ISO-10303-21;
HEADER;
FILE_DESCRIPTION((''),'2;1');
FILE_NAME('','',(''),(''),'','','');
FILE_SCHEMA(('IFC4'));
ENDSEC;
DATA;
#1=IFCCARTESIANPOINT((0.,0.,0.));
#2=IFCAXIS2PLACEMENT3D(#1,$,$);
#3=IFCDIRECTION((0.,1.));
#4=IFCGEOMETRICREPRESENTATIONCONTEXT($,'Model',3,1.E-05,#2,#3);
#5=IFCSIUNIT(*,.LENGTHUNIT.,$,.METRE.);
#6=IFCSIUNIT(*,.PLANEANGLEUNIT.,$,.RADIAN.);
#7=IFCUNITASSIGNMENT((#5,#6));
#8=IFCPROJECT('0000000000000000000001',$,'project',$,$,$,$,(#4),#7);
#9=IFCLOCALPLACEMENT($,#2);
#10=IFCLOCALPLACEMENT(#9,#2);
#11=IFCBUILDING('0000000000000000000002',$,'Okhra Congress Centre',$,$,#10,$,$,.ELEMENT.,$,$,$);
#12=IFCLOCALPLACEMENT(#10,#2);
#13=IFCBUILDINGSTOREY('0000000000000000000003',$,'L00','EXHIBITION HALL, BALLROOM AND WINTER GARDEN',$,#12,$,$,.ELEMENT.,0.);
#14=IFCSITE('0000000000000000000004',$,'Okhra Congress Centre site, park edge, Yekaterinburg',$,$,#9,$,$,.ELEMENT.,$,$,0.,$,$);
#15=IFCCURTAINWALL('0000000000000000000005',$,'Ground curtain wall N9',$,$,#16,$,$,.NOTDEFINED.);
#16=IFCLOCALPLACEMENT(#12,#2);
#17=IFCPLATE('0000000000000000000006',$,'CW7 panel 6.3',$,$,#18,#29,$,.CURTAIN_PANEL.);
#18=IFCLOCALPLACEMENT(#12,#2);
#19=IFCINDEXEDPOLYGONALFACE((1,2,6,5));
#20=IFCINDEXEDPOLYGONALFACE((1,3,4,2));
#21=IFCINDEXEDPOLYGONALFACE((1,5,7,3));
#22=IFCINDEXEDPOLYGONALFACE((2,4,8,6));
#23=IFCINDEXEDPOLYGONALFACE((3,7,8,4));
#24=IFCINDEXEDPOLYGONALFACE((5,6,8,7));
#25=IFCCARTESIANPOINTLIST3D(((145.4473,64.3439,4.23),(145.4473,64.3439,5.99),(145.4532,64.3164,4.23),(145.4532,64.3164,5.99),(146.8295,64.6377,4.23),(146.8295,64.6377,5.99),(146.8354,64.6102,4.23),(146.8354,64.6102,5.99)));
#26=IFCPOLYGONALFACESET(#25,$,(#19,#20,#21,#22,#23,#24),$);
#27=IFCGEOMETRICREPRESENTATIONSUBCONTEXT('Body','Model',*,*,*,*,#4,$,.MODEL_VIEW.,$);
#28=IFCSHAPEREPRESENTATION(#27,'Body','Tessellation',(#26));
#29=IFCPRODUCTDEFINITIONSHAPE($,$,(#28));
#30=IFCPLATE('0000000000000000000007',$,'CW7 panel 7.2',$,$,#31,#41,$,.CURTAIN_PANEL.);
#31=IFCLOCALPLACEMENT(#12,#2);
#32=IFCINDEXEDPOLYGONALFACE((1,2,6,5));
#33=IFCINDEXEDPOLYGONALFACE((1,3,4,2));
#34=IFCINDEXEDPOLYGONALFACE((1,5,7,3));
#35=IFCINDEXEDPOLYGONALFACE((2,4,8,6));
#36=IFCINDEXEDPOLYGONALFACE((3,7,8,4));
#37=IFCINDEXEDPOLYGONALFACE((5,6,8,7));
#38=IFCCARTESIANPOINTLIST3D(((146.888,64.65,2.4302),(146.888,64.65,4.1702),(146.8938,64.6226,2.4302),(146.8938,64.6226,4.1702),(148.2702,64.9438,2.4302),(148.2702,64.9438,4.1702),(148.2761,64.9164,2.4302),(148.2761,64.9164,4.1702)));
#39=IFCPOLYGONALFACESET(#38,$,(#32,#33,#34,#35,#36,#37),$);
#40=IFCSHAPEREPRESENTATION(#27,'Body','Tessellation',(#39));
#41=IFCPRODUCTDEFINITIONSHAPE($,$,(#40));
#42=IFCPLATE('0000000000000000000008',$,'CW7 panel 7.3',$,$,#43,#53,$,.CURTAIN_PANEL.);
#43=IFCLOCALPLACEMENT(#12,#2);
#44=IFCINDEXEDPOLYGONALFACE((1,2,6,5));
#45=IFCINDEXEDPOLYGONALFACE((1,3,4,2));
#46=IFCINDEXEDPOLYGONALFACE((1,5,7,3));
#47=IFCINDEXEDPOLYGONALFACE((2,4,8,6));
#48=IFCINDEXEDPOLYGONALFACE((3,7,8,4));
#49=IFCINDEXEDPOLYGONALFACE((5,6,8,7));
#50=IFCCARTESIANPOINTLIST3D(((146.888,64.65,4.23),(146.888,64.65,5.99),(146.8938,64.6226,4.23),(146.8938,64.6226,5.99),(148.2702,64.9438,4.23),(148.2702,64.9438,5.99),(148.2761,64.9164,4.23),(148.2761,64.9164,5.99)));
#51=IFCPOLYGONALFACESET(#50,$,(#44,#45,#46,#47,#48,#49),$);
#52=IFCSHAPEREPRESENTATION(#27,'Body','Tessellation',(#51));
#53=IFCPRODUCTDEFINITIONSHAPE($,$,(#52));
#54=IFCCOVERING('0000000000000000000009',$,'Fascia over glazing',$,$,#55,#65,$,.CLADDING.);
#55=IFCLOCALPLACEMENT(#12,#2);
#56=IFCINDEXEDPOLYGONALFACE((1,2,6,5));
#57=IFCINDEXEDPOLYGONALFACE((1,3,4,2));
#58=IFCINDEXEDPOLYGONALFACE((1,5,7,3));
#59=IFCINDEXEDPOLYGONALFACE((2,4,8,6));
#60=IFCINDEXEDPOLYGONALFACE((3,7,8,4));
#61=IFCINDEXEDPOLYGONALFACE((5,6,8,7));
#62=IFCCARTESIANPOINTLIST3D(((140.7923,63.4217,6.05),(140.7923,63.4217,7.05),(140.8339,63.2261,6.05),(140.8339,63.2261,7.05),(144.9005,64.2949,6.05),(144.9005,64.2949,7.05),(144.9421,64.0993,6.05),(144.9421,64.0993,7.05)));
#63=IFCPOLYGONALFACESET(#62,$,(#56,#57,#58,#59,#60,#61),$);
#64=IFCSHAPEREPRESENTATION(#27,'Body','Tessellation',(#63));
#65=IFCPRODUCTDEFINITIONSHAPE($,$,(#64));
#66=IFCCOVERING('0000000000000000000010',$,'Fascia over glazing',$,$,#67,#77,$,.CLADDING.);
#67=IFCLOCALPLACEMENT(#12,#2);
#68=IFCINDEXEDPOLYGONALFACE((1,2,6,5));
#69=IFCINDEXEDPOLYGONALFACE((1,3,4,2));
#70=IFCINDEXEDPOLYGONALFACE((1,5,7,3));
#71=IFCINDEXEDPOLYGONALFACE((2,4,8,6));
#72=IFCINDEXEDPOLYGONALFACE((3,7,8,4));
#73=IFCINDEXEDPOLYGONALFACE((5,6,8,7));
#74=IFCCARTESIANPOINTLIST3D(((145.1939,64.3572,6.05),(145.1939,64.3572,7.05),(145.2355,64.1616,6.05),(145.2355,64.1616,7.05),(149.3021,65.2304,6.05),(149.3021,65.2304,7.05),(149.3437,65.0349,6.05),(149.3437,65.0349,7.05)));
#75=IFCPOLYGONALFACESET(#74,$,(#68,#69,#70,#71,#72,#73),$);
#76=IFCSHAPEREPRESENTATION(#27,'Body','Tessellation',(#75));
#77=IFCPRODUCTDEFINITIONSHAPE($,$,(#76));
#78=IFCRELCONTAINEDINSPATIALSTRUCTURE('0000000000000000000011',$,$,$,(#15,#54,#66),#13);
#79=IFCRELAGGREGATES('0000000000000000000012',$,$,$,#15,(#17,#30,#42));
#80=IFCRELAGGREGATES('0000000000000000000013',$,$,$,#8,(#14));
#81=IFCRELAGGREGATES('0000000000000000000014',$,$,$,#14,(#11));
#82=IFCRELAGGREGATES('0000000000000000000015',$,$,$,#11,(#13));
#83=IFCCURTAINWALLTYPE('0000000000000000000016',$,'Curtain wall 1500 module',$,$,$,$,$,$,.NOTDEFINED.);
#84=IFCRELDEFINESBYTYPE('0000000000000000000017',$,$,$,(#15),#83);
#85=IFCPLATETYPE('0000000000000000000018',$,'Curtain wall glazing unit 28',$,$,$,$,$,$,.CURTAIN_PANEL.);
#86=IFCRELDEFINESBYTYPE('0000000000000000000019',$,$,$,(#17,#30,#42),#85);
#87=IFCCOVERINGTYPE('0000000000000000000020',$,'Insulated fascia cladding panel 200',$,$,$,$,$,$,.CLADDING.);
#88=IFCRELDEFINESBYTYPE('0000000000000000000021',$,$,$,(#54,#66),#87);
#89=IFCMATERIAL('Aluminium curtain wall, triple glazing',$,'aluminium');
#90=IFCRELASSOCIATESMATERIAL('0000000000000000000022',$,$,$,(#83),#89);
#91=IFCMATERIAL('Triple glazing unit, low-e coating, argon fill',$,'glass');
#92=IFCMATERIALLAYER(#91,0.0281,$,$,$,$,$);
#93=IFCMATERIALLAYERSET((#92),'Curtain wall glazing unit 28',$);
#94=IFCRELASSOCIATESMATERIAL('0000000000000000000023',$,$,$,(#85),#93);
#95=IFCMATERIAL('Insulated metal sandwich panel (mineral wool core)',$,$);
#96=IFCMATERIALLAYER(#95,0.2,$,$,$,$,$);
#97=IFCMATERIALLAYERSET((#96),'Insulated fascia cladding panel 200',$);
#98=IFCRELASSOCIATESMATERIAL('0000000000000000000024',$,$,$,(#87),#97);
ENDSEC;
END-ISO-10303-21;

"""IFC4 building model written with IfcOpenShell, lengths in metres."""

from ifc_helpers import new_model, si_unit, direction, frame, origin, origin_2d, place, context, subcontext, project, spatial, rectangle, extrude, material, layer, layer_set, type_object, element, aggregate, save


model = new_model("IFC4")

# Units and contexts
model_context = context("Model", 3, precision=1e-05, world=origin(), true_north=direction((0.0, 1.0)))
body_context = subcontext(model_context, "Body", "Model", "MODEL_VIEW")
ifc_project = project(units=[si_unit("LENGTHUNIT", "METRE"), si_unit("PLANEANGLEUNIT", "RADIAN")], contexts=[model_context])

# Site, building, storey
site_placement = place(None, origin())
site = spatial("IfcSite", under=ifc_project, at=site_placement, Name="Okhra Congress Centre site, park edge, Yekaterinburg", CompositionType="ELEMENT", RefElevation=0.0)
building_placement = place(site_placement, origin())
building = spatial("IfcBuilding", under=site, at=building_placement, Name="Okhra Congress Centre", CompositionType="ELEMENT")
storey_placement = place(building_placement, origin())
storey = spatial("IfcBuildingStorey", under=building, at=storey_placement, Name="L00", Description="EXHIBITION HALL, BALLROOM AND WINTER GARDEN", CompositionType="ELEMENT", Elevation=0.0)

# Curtain wall
ifc_material_1 = material(Name="Aluminium curtain wall, triple glazing", Category="aluminium")
curtain_wall_type = type_object("IfcCurtainWallType", Name="Curtain wall 1500 module", PredefinedType="NOTDEFINED", material=ifc_material_1)
curtain_wall_placement = place(storey_placement, origin())
curtain_wall = element("IfcCurtainWall", 1, at=curtain_wall_placement, inside=storey, type_object=curtain_wall_type, Name="Ground curtain wall N9", PredefinedType="NOTDEFINED")

# Plates
ifc_material_2 = material(Name="Triple glazing unit, low-e coating, argon fill", Category="glass")
ifc_layer_1 = layer(ifc_material_2, 0.0281)
ifc_layer_set_1 = layer_set([ifc_layer_1], Name="Curtain wall glazing unit 28")
plate_type = type_object("IfcPlateType", Name="Curtain wall glazing unit 28", PredefinedType="CURTAIN_PANEL", material=ifc_layer_set_1)
plate_1_placement = place(storey_placement, frame((146.1414, 64.4771, 4.23), z_axis=(0.0, 0.0, 1.0), x_axis=(0.978148, 0.207912, 0.0)))
plate_1 = element("IfcPlate", 2, at=plate_1_placement, type_object=plate_type, Name="CW7 panel 6.3", PredefinedType="CURTAIN_PANEL", context=body_context, shape_type="SweptSolid", body=[
    extrude(rectangle(XDim=1.4131, YDim=0.0281, at=origin_2d()), origin(), (0.0, 0.0, 1.0), 1.76),
])
plate_2_placement = place(storey_placement, frame((147.582, 64.7832, 2.4302), z_axis=(0.0, 0.0, 1.0), x_axis=(0.978148, 0.207912, 0.0)))
plate_2 = element("IfcPlate", 3, at=plate_2_placement, type_object=plate_type, Name="CW7 panel 7.2", PredefinedType="CURTAIN_PANEL", context=body_context, shape_type="SweptSolid", body=[
    extrude(rectangle(XDim=1.4131, YDim=0.0281, at=origin_2d()), origin(), (0.0, 0.0, 1.0), 1.74),
])
plate_3_placement = place(storey_placement, frame((147.582, 64.7832, 4.23), z_axis=(0.0, 0.0, 1.0), x_axis=(0.978148, 0.207912, 0.0)))
plate_3 = element("IfcPlate", 4, at=plate_3_placement, type_object=plate_type, Name="CW7 panel 7.3", PredefinedType="CURTAIN_PANEL", context=body_context, shape_type="SweptSolid", body=[
    extrude(rectangle(XDim=1.4131, YDim=0.0281, at=origin_2d()), origin(), (0.0, 0.0, 1.0), 1.76),
])
aggregate(curtain_wall, [plate_1, plate_2, plate_3])

# Coverings
ifc_material_3 = material(Name="Insulated metal sandwich panel (mineral wool core)")
ifc_layer_2 = layer(ifc_material_3, 0.2)
ifc_layer_set_2 = layer_set([ifc_layer_2], Name="Insulated fascia cladding panel 200")
covering_type = type_object("IfcCoveringType", Name="Insulated fascia cladding panel 200", PredefinedType="CLADDING", material=ifc_layer_set_2)
for number, where, z_axis, x_axis, name in (
    (5, (142.8672, 63.7605, 6.05), (0.0, 0.0, 1.0), (0.978148, 0.207912, 0.0), "Fascia over glazing"),
    (6, (147.2688, 64.696, 6.05), (0.0, 0.0, 1.0), (0.978148, 0.207912, 0.0), "Fascia over glazing"),
):
    element("IfcCovering", number, at=place(storey_placement, frame(where, z_axis=z_axis, x_axis=x_axis)), inside=storey, type_object=covering_type, Name=name, PredefinedType="CLADDING", context=body_context, shape_type="SweptSolid", body=[
        extrude(rectangle(XDim=4.2, YDim=0.2, at=origin_2d()), origin(), (0.0, 0.0, 1.0), 1.0),
    ])

save(model, "model.ifc")
